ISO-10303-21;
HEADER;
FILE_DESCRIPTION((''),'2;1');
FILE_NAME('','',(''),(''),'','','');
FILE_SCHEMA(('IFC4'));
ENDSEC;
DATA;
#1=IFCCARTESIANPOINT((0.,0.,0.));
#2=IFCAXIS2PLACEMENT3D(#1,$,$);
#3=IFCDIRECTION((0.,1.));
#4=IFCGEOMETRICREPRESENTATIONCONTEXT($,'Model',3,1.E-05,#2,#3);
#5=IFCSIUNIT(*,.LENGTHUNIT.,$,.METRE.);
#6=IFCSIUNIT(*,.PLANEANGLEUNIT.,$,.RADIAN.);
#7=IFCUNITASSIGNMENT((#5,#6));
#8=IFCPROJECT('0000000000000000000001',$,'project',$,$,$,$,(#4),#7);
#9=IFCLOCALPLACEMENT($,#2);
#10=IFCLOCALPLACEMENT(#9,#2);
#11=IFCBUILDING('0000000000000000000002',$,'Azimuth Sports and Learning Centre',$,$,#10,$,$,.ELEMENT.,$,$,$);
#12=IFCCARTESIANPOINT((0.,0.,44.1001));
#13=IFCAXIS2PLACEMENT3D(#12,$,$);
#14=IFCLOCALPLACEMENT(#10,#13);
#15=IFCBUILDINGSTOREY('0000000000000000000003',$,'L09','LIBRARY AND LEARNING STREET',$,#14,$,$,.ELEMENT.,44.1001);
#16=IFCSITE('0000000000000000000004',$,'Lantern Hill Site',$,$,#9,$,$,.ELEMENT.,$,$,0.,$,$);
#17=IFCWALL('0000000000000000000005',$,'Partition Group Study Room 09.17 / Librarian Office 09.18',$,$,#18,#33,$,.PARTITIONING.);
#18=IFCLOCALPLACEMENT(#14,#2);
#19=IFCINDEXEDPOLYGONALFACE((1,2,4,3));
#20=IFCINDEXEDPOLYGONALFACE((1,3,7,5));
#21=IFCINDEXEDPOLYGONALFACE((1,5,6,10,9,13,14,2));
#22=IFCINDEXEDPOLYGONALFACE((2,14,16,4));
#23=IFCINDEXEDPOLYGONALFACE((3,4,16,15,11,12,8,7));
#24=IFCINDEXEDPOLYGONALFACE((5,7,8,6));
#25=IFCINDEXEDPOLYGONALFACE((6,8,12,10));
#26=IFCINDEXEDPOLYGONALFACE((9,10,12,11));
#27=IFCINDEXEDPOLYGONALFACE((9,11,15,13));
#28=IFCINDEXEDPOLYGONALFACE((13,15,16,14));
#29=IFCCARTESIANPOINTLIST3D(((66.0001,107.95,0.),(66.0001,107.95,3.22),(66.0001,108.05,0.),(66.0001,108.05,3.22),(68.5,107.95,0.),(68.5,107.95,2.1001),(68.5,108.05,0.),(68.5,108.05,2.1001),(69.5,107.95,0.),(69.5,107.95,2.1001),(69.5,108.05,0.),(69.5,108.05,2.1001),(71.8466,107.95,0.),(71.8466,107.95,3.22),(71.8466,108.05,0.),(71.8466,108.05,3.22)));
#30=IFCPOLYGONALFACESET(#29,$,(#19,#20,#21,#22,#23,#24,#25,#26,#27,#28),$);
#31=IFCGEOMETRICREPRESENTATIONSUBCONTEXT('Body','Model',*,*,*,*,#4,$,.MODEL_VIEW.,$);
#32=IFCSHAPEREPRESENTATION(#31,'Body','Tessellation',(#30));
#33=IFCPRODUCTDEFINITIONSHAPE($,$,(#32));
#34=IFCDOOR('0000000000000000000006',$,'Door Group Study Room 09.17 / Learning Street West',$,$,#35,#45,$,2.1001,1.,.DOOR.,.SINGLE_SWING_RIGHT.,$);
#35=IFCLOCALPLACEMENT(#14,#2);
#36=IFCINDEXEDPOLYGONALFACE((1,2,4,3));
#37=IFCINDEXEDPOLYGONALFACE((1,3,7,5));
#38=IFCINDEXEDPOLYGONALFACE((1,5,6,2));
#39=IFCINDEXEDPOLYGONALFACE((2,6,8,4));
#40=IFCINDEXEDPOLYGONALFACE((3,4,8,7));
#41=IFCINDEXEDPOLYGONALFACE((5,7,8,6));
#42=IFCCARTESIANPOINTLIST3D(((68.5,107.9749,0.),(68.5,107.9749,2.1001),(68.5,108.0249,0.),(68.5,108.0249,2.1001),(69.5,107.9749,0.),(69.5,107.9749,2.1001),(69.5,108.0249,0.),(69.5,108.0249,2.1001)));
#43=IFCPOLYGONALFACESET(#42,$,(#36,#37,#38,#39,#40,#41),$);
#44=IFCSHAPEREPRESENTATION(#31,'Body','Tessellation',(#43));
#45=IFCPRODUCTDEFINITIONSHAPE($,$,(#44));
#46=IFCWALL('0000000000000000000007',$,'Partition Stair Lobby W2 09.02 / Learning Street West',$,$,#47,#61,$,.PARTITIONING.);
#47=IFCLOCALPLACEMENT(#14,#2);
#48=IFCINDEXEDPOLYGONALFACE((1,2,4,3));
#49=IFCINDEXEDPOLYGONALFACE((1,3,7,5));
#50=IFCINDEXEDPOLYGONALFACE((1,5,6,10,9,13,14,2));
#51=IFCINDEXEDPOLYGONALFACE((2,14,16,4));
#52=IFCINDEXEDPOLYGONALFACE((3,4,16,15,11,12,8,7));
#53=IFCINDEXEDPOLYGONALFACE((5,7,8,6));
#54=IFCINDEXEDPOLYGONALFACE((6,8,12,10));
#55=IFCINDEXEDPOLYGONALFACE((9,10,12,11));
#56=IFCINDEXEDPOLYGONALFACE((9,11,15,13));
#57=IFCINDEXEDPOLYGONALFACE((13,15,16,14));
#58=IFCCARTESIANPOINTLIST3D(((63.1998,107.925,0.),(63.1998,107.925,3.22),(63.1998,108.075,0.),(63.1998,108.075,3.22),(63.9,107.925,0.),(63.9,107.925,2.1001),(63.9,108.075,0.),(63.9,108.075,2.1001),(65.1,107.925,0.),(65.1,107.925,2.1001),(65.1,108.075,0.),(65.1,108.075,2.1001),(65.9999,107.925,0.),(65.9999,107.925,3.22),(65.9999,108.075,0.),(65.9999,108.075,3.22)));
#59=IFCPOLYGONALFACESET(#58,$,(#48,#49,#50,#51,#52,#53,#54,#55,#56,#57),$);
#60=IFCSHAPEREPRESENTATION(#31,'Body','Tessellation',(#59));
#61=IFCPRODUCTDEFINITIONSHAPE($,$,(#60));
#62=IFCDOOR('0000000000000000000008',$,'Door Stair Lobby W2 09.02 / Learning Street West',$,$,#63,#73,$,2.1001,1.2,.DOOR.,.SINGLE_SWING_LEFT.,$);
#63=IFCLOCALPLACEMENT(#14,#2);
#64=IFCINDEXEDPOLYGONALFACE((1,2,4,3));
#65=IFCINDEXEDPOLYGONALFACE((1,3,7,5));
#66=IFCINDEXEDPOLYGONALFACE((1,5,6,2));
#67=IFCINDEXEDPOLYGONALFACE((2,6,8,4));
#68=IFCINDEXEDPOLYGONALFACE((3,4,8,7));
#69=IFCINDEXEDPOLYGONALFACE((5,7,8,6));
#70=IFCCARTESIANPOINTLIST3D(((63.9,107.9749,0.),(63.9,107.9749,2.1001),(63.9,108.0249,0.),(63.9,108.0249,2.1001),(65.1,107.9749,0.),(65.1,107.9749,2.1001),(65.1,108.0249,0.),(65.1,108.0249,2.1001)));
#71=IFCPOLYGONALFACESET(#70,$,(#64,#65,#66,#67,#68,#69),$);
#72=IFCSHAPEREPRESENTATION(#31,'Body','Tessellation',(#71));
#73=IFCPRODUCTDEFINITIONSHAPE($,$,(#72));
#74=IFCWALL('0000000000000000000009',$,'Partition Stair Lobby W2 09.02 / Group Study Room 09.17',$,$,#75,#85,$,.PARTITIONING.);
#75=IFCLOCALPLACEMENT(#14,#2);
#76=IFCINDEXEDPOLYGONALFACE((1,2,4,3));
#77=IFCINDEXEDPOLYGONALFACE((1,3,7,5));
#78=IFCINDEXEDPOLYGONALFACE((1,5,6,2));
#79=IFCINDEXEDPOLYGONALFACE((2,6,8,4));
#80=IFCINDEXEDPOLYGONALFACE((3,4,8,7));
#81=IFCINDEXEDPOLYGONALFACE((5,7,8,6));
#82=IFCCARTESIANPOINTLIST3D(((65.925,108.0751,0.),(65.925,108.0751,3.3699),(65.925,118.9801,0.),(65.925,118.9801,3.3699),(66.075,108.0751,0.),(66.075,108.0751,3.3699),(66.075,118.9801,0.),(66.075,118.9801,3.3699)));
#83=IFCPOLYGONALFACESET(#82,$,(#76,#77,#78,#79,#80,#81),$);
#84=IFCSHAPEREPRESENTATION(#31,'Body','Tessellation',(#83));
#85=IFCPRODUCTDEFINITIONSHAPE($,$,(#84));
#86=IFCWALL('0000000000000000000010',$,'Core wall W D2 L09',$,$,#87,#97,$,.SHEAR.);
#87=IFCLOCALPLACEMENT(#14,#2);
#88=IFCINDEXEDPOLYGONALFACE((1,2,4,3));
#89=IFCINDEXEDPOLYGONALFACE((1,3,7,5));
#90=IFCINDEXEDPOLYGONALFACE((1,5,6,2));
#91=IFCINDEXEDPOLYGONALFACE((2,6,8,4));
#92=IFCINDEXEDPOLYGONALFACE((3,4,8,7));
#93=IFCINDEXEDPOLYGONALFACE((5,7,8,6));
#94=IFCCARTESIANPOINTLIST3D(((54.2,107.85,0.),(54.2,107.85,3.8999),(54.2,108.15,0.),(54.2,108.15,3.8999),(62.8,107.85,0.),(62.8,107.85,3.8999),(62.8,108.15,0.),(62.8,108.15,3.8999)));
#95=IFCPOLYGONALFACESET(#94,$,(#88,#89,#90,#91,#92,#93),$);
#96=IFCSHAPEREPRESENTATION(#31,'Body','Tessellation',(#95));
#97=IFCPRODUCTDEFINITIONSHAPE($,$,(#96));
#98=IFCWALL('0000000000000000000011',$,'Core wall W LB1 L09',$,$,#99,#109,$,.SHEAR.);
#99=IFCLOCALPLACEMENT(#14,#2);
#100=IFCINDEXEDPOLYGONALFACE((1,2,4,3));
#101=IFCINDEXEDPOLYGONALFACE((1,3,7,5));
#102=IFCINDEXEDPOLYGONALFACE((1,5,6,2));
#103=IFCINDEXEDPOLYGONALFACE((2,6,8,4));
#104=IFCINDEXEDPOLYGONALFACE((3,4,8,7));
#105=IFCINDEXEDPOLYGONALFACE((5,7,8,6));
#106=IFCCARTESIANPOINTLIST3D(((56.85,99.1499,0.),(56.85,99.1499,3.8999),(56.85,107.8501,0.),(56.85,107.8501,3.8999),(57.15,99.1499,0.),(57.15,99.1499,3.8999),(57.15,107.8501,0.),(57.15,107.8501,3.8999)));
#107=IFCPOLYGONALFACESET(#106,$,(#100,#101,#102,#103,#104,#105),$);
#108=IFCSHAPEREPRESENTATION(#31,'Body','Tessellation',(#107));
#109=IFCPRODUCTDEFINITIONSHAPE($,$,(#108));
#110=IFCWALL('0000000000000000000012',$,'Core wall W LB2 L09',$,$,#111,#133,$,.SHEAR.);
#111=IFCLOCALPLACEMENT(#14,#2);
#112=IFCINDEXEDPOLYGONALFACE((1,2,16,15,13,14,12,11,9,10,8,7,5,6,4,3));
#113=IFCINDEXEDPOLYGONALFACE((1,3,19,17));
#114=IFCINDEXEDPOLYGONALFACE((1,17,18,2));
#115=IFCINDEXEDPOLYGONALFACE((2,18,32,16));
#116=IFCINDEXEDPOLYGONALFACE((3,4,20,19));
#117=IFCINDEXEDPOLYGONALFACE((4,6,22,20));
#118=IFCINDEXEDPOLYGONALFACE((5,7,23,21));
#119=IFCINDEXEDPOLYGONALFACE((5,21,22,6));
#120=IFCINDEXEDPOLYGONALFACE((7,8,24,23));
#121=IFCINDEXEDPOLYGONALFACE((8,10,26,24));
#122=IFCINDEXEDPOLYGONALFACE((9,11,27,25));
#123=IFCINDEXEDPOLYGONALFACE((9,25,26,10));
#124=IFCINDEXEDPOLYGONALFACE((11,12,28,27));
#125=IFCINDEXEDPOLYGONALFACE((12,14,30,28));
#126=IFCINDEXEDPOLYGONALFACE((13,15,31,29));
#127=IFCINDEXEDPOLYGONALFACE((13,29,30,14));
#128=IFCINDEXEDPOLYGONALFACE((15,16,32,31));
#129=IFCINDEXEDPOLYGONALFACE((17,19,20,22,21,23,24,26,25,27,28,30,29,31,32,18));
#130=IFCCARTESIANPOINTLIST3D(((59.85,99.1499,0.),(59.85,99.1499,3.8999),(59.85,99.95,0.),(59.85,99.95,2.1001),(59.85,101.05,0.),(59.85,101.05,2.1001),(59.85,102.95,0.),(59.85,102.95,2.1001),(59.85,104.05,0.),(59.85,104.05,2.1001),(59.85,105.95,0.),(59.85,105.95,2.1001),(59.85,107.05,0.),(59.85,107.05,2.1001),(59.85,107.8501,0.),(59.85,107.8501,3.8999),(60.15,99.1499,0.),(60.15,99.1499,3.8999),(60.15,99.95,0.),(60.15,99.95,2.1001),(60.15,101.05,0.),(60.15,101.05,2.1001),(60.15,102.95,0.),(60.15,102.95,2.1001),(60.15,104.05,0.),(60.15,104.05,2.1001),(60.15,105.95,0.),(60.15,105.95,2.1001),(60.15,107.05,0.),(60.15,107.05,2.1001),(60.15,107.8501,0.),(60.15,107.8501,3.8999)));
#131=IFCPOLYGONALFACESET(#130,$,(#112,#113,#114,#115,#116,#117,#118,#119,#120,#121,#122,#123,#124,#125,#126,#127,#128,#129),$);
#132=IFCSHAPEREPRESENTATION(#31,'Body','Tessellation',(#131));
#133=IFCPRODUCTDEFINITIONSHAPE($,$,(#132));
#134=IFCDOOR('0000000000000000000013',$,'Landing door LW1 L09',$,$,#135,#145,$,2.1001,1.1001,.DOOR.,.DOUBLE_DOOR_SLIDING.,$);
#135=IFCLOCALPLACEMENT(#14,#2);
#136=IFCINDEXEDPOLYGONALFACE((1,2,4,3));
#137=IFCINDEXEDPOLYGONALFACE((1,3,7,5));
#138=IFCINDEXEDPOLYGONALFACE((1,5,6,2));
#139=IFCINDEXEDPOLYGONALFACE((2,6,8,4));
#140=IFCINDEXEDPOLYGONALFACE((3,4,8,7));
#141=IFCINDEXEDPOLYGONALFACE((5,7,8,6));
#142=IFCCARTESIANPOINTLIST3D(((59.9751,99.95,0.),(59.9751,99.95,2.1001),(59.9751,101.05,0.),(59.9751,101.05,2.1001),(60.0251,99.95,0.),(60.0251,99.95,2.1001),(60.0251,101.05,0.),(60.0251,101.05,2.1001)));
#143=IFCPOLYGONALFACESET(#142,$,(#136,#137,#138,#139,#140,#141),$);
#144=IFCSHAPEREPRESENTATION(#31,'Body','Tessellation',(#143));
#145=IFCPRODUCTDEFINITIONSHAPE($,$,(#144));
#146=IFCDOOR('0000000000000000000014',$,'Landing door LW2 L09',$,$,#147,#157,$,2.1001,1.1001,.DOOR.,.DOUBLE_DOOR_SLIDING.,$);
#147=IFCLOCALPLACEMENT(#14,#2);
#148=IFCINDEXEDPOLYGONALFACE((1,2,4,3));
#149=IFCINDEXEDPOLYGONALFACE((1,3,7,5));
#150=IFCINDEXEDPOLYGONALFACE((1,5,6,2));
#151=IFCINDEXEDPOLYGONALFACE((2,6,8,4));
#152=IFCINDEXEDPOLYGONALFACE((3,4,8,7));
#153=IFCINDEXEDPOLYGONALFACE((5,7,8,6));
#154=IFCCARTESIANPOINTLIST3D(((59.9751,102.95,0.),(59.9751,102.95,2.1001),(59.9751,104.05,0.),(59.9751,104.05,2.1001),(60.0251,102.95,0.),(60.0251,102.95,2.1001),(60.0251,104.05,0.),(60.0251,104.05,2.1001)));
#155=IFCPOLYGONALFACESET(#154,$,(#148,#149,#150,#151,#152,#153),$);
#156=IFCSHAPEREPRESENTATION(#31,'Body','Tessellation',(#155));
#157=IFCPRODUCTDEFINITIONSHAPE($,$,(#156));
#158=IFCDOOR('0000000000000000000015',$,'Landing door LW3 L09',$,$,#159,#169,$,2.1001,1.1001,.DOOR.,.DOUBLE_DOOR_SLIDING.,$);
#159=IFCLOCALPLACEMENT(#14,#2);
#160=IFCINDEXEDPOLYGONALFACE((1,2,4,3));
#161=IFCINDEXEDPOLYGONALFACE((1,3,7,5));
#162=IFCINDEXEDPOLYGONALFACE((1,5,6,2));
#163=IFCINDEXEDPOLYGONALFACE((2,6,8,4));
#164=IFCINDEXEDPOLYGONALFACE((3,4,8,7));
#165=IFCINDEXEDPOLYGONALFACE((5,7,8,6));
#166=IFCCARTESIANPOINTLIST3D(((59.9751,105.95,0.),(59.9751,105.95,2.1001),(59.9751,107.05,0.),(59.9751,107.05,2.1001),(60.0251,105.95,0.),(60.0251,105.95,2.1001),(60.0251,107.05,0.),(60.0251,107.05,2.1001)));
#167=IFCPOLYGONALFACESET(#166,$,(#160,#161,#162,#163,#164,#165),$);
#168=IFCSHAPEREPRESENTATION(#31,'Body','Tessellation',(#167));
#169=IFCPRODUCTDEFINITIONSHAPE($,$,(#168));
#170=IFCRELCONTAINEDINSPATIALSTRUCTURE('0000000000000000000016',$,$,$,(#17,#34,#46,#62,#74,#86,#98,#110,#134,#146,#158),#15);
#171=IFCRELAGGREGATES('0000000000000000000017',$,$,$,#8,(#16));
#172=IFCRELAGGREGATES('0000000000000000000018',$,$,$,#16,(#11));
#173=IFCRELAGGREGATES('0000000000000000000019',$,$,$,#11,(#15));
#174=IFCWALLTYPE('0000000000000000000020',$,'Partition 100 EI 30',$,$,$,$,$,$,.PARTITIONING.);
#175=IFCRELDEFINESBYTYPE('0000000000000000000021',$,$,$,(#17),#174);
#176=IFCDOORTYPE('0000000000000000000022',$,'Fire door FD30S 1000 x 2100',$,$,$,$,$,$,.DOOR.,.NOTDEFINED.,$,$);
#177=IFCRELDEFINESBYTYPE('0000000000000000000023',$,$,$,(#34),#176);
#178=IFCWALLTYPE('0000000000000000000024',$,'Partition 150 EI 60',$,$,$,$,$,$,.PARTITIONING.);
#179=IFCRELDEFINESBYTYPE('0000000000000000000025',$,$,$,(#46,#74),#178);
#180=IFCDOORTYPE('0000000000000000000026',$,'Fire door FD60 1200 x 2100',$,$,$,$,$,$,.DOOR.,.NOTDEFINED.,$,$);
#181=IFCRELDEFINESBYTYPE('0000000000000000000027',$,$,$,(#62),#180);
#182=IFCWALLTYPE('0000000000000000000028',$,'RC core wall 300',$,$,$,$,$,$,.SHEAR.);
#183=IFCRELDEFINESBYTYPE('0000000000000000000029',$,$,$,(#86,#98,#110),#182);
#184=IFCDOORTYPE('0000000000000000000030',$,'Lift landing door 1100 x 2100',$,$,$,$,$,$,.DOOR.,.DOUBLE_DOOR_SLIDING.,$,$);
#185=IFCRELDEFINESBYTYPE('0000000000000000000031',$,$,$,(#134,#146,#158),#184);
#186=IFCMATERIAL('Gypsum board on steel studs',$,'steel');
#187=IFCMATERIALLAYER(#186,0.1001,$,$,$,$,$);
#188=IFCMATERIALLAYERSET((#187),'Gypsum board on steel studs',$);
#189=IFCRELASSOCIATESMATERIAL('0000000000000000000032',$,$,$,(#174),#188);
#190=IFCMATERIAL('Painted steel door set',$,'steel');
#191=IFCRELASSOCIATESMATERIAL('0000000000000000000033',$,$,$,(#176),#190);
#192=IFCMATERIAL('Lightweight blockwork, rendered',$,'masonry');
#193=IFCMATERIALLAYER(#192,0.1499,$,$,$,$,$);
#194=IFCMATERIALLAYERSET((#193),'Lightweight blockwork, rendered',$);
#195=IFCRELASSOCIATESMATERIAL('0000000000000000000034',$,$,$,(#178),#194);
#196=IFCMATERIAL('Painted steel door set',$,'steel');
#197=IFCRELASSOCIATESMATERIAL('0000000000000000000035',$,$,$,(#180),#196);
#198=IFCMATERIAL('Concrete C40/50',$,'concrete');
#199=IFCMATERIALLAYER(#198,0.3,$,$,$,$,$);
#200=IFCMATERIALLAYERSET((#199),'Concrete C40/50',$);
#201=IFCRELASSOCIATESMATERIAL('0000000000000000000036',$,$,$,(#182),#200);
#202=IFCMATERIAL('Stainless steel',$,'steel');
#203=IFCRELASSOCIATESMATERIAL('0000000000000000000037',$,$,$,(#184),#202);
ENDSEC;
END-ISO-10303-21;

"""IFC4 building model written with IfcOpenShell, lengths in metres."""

from ifc_helpers import new_model, si_unit, direction, frame, frame_2d, origin, place, context, subcontext, project, spatial, rectangle, extrude, material, layer, layer_set, type_object, element, fill, save


model = new_model("IFC4")

# Units and contexts
model_context = context("Model", 3, precision=1e-05, world=origin(), true_north=direction((0.0, 1.0)))
body_context = subcontext(model_context, "Body", "Model", "MODEL_VIEW")
ifc_project = project(units=[si_unit("LENGTHUNIT", "METRE"), si_unit("PLANEANGLEUNIT", "RADIAN")], contexts=[model_context])

# Site, building, storey
site_placement = place(None, origin())
site = spatial("IfcSite", under=ifc_project, at=site_placement, Name="Lantern Hill Site", CompositionType="ELEMENT", RefElevation=0.0)
building_placement = place(site_placement, origin())
building = spatial("IfcBuilding", under=site, at=building_placement, Name="Azimuth Sports and Learning Centre", CompositionType="ELEMENT")
storey_placement = place(building_placement, frame((0.0, 0.0, 44.1001)))
storey = spatial("IfcBuildingStorey", under=building, at=storey_placement, Name="L09", Description="LIBRARY AND LEARNING STREET", CompositionType="ELEMENT", Elevation=44.1001)

# Walls, openings, doors
ifc_material_1 = material(Name="Gypsum board on steel studs", Category="steel")
ifc_layer_1 = layer(ifc_material_1, 0.1001)
ifc_layer_set_1 = layer_set([ifc_layer_1], Name="Gypsum board on steel studs")
wall_type_1 = type_object("IfcWallType", Name="Partition 100 EI 30", PredefinedType="PARTITIONING", material=ifc_layer_set_1)
wall_1_placement = place(storey_placement, frame((66.0, 108.0, 0.0), z_axis=(0.0, 0.0, 1.0), x_axis=(1.0, 0.0, 0.0)))
wall_1 = element("IfcWall", 1, at=wall_1_placement, inside=storey, type_object=wall_type_1, Name="Partition Group Study Room 09.17 / Librarian Office 09.18", PredefinedType="PARTITIONING", context=body_context, shape_type="SweptSolid", body=[
    extrude(rectangle(XDim=5.8464, YDim=0.1001, at=frame_2d((2.9233, 0.0))), origin(), (0.0, 0.0, 1.0), 3.22),
])
opening_1_placement = place(wall_1_placement, frame((2.5, 0.0, 0.0)))
opening_1 = element("IfcOpeningElement", 2, at=opening_1_placement, cuts=wall_1, PredefinedType="OPENING", context=body_context, shape_type="SweptSolid", body=[
    extrude(rectangle(XDim=1.0, YDim=2.1001, at=frame_2d((0.5, 1.05))), frame((0.0, 0.061, 0.0), z_axis=(0.0, -1.0, 0.0), x_axis=(1.0, 0.0, 0.0)), (0.0, 0.0, 1.0), 0.1221),
])
ifc_material_2 = material(Name="Painted steel door set", Category="steel")
door_type_1 = type_object("IfcDoorType", Name="Fire door FD30S 1000 x 2100", OperationType="NOTDEFINED", PredefinedType="DOOR", material=ifc_material_2)
door_1_placement = place(opening_1_placement, origin())
door_1 = element("IfcDoor", 3, at=door_1_placement, inside=storey, type_object=door_type_1, Name="Door Group Study Room 09.17 / Learning Street West", OperationType="SINGLE_SWING_RIGHT", OverallHeight=2.1001, OverallWidth=1.0, PredefinedType="DOOR", context=body_context, shape_type="SweptSolid", body=[
    extrude(rectangle(XDim=1.0, YDim=2.1001, at=frame_2d((0.5, 1.05))), frame((0.0, 0.0249, 0.0), z_axis=(0.0, -1.0, 0.0), x_axis=(1.0, 0.0, 0.0)), (0.0, 0.0, 1.0), 0.05),
])
fill(opening_1, door_1)
ifc_material_3 = material(Name="Lightweight blockwork, rendered", Category="masonry")
ifc_layer_2 = layer(ifc_material_3, 0.1499)
ifc_layer_set_2 = layer_set([ifc_layer_2], Name="Lightweight blockwork, rendered")
wall_type_2 = type_object("IfcWallType", Name="Partition 150 EI 60", PredefinedType="PARTITIONING", material=ifc_layer_set_2)
wall_2_placement = place(storey_placement, frame((63.2, 108.0, 0.0), z_axis=(0.0, 0.0, 1.0), x_axis=(1.0, 0.0, 0.0)))
wall_2 = element("IfcWall", 4, at=wall_2_placement, inside=storey, type_object=wall_type_2, Name="Partition Stair Lobby W2 09.02 / Learning Street West", PredefinedType="PARTITIONING", context=body_context, shape_type="SweptSolid", body=[
    extrude(rectangle(XDim=2.8, YDim=0.1499, at=frame_2d((1.3999, 0.0))), origin(), (0.0, 0.0, 1.0), 3.22),
])
opening_2_placement = place(wall_2_placement, frame((0.7, 0.0, 0.0)))
opening_2 = element("IfcOpeningElement", 5, at=opening_2_placement, cuts=wall_2, PredefinedType="OPENING", context=body_context, shape_type="SweptSolid", body=[
    extrude(rectangle(XDim=1.2, YDim=2.1001, at=frame_2d((0.6001, 1.05))), frame((0.0, 0.0859, 0.0), z_axis=(0.0, -1.0, 0.0), x_axis=(1.0, 0.0, 0.0)), (0.0, 0.0, 1.0), 0.1719),
])
ifc_material_4 = material(Name="Painted steel door set", Category="steel")
door_type_2 = type_object("IfcDoorType", Name="Fire door FD60 1200 x 2100", OperationType="NOTDEFINED", PredefinedType="DOOR", material=ifc_material_4)
door_2_placement = place(opening_2_placement, origin())
door_2 = element("IfcDoor", 6, at=door_2_placement, inside=storey, type_object=door_type_2, Name="Door Stair Lobby W2 09.02 / Learning Street West", OperationType="SINGLE_SWING_LEFT", OverallHeight=2.1001, OverallWidth=1.2, PredefinedType="DOOR", context=body_context, shape_type="SweptSolid", body=[
    extrude(rectangle(XDim=1.2, YDim=2.1001, at=frame_2d((0.6001, 1.05))), frame((0.0, 0.0249, 0.0), z_axis=(0.0, -1.0, 0.0), x_axis=(1.0, 0.0, 0.0)), (0.0, 0.0, 1.0), 0.05),
])
fill(opening_2, door_2)

# Walls
wall_3_placement = place(storey_placement, frame((66.0, 108.075, 0.0), z_axis=(0.0, 0.0, 1.0), x_axis=(0.0, 1.0, 0.0)))
element("IfcWall", 7, at=wall_3_placement, inside=storey, type_object=wall_type_2, Name="Partition Stair Lobby W2 09.02 / Group Study Room 09.17", PredefinedType="PARTITIONING", context=body_context, shape_type="SweptSolid", body=[
    extrude(rectangle(XDim=10.905, YDim=0.1499, at=frame_2d((5.4526, 0.0))), origin(), (0.0, 0.0, 1.0), 3.3699),
])
ifc_material_5 = material(Name="Concrete C40/50", Category="concrete")
ifc_layer_3 = layer(ifc_material_5, 0.3)
ifc_layer_set_3 = layer_set([ifc_layer_3], Name="Concrete C40/50")
wall_type_3 = type_object("IfcWallType", Name="RC core wall 300", PredefinedType="SHEAR", material=ifc_layer_set_3)
wall_4_placement = place(storey_placement, frame((54.2, 108.0, 0.0), z_axis=(0.0, 0.0, 1.0), x_axis=(1.0, 0.0, 0.0)))
element("IfcWall", 8, at=wall_4_placement, inside=storey, type_object=wall_type_3, Name="Core wall W D2 L09", PredefinedType="SHEAR", context=body_context, shape_type="SweptSolid", body=[
    extrude(rectangle(XDim=8.6001, YDim=0.3, at=frame_2d((4.3, 0.0))), origin(), (0.0, 0.0, 1.0), 3.8999),
])
wall_5_placement = place(storey_placement, frame((57.0, 99.1499, 0.0), z_axis=(0.0, 0.0, 1.0), x_axis=(0.0, 1.0, 0.0)))
element("IfcWall", 9, at=wall_5_placement, inside=storey, type_object=wall_type_3, Name="Core wall W LB1 L09", PredefinedType="SHEAR", context=body_context, shape_type="SweptSolid", body=[
    extrude(rectangle(XDim=8.7002, YDim=0.3, at=frame_2d((4.3501, 0.0))), origin(), (0.0, 0.0, 1.0), 3.8999),
])

# Wall, openings, doors
wall_6_placement = place(storey_placement, frame((60.0, 99.1499, 0.0), z_axis=(0.0, 0.0, 1.0), x_axis=(0.0, 1.0, 0.0)))
wall_6 = element("IfcWall", 10, at=wall_6_placement, inside=storey, type_object=wall_type_3, Name="Core wall W LB2 L09", PredefinedType="SHEAR", context=body_context, shape_type="SweptSolid", body=[
    extrude(rectangle(XDim=8.7002, YDim=0.3, at=frame_2d((4.3501, 0.0))), origin(), (0.0, 0.0, 1.0), 3.8999),
])
opening_3_placement = place(wall_6_placement, frame((0.8, 0.0, 0.0)))
opening_3 = element("IfcOpeningElement", 11, at=opening_3_placement, cuts=wall_6, PredefinedType="OPENING", context=body_context, shape_type="SweptSolid", body=[
    extrude(rectangle(XDim=1.1001, YDim=2.1001, at=frame_2d((0.55, 1.05))), frame((0.0, 0.1611, 0.0), z_axis=(0.0, -1.0, 0.0), x_axis=(1.0, 0.0, 0.0)), (0.0, 0.0, 1.0), 0.322),
])
opening_4_placement = place(wall_6_placement, frame((3.8, 0.0, 0.0)))
opening_4 = element("IfcOpeningElement", 12, at=opening_4_placement, cuts=wall_6, PredefinedType="OPENING", context=body_context, shape_type="SweptSolid", body=[
    extrude(rectangle(XDim=1.1001, YDim=2.1001, at=frame_2d((0.55, 1.05))), frame((0.0, 0.1611, 0.0), z_axis=(0.0, -1.0, 0.0), x_axis=(1.0, 0.0, 0.0)), (0.0, 0.0, 1.0), 0.322),
])
opening_5_placement = place(wall_6_placement, frame((6.8, 0.0, 0.0)))
opening_5 = element("IfcOpeningElement", 13, at=opening_5_placement, cuts=wall_6, PredefinedType="OPENING", context=body_context, shape_type="SweptSolid", body=[
    extrude(rectangle(XDim=1.1001, YDim=2.1001, at=frame_2d((0.55, 1.05))), frame((0.0, 0.1611, 0.0), z_axis=(0.0, -1.0, 0.0), x_axis=(1.0, 0.0, 0.0)), (0.0, 0.0, 1.0), 0.322),
])
ifc_material_6 = material(Name="Stainless steel", Category="steel")
door_type_3 = type_object("IfcDoorType", Name="Lift landing door 1100 x 2100", OperationType="DOUBLE_DOOR_SLIDING", PredefinedType="DOOR", material=ifc_material_6)
door_3_placement = place(opening_3_placement, origin())
door_3 = element("IfcDoor", 14, at=door_3_placement, inside=storey, type_object=door_type_3, Name="Landing door LW1 L09", OperationType="DOUBLE_DOOR_SLIDING", OverallHeight=2.1001, OverallWidth=1.1001, PredefinedType="DOOR", context=body_context, shape_type="SweptSolid", body=[
    extrude(rectangle(XDim=1.1001, YDim=2.1001, at=frame_2d((0.55, 1.05))), frame((0.0, 0.0249, 0.0), z_axis=(0.0, -1.0, 0.0), x_axis=(1.0, 0.0, 0.0)), (0.0, 0.0, 1.0), 0.05),
])
fill(opening_3, door_3)
door_4_placement = place(opening_4_placement, origin())
door_4 = element("IfcDoor", 15, at=door_4_placement, inside=storey, type_object=door_type_3, Name="Landing door LW2 L09", OperationType="DOUBLE_DOOR_SLIDING", OverallHeight=2.1001, OverallWidth=1.1001, PredefinedType="DOOR", context=body_context, shape_type="SweptSolid", body=[
    extrude(rectangle(XDim=1.1001, YDim=2.1001, at=frame_2d((0.55, 1.05))), frame((0.0, 0.0249, 0.0), z_axis=(0.0, -1.0, 0.0), x_axis=(1.0, 0.0, 0.0)), (0.0, 0.0, 1.0), 0.05),
])
fill(opening_4, door_4)
door_5_placement = place(opening_5_placement, origin())
door_5 = element("IfcDoor", 16, at=door_5_placement, inside=storey, type_object=door_type_3, Name="Landing door LW3 L09", OperationType="DOUBLE_DOOR_SLIDING", OverallHeight=2.1001, OverallWidth=1.1001, PredefinedType="DOOR", context=body_context, shape_type="SweptSolid", body=[
    extrude(rectangle(XDim=1.1001, YDim=2.1001, at=frame_2d((0.55, 1.05))), frame((0.0, 0.0249, 0.0), z_axis=(0.0, -1.0, 0.0), x_axis=(1.0, 0.0, 0.0)), (0.0, 0.0, 1.0), 0.05),
])
fill(opening_5, door_5)

save(model, "model.ifc")
